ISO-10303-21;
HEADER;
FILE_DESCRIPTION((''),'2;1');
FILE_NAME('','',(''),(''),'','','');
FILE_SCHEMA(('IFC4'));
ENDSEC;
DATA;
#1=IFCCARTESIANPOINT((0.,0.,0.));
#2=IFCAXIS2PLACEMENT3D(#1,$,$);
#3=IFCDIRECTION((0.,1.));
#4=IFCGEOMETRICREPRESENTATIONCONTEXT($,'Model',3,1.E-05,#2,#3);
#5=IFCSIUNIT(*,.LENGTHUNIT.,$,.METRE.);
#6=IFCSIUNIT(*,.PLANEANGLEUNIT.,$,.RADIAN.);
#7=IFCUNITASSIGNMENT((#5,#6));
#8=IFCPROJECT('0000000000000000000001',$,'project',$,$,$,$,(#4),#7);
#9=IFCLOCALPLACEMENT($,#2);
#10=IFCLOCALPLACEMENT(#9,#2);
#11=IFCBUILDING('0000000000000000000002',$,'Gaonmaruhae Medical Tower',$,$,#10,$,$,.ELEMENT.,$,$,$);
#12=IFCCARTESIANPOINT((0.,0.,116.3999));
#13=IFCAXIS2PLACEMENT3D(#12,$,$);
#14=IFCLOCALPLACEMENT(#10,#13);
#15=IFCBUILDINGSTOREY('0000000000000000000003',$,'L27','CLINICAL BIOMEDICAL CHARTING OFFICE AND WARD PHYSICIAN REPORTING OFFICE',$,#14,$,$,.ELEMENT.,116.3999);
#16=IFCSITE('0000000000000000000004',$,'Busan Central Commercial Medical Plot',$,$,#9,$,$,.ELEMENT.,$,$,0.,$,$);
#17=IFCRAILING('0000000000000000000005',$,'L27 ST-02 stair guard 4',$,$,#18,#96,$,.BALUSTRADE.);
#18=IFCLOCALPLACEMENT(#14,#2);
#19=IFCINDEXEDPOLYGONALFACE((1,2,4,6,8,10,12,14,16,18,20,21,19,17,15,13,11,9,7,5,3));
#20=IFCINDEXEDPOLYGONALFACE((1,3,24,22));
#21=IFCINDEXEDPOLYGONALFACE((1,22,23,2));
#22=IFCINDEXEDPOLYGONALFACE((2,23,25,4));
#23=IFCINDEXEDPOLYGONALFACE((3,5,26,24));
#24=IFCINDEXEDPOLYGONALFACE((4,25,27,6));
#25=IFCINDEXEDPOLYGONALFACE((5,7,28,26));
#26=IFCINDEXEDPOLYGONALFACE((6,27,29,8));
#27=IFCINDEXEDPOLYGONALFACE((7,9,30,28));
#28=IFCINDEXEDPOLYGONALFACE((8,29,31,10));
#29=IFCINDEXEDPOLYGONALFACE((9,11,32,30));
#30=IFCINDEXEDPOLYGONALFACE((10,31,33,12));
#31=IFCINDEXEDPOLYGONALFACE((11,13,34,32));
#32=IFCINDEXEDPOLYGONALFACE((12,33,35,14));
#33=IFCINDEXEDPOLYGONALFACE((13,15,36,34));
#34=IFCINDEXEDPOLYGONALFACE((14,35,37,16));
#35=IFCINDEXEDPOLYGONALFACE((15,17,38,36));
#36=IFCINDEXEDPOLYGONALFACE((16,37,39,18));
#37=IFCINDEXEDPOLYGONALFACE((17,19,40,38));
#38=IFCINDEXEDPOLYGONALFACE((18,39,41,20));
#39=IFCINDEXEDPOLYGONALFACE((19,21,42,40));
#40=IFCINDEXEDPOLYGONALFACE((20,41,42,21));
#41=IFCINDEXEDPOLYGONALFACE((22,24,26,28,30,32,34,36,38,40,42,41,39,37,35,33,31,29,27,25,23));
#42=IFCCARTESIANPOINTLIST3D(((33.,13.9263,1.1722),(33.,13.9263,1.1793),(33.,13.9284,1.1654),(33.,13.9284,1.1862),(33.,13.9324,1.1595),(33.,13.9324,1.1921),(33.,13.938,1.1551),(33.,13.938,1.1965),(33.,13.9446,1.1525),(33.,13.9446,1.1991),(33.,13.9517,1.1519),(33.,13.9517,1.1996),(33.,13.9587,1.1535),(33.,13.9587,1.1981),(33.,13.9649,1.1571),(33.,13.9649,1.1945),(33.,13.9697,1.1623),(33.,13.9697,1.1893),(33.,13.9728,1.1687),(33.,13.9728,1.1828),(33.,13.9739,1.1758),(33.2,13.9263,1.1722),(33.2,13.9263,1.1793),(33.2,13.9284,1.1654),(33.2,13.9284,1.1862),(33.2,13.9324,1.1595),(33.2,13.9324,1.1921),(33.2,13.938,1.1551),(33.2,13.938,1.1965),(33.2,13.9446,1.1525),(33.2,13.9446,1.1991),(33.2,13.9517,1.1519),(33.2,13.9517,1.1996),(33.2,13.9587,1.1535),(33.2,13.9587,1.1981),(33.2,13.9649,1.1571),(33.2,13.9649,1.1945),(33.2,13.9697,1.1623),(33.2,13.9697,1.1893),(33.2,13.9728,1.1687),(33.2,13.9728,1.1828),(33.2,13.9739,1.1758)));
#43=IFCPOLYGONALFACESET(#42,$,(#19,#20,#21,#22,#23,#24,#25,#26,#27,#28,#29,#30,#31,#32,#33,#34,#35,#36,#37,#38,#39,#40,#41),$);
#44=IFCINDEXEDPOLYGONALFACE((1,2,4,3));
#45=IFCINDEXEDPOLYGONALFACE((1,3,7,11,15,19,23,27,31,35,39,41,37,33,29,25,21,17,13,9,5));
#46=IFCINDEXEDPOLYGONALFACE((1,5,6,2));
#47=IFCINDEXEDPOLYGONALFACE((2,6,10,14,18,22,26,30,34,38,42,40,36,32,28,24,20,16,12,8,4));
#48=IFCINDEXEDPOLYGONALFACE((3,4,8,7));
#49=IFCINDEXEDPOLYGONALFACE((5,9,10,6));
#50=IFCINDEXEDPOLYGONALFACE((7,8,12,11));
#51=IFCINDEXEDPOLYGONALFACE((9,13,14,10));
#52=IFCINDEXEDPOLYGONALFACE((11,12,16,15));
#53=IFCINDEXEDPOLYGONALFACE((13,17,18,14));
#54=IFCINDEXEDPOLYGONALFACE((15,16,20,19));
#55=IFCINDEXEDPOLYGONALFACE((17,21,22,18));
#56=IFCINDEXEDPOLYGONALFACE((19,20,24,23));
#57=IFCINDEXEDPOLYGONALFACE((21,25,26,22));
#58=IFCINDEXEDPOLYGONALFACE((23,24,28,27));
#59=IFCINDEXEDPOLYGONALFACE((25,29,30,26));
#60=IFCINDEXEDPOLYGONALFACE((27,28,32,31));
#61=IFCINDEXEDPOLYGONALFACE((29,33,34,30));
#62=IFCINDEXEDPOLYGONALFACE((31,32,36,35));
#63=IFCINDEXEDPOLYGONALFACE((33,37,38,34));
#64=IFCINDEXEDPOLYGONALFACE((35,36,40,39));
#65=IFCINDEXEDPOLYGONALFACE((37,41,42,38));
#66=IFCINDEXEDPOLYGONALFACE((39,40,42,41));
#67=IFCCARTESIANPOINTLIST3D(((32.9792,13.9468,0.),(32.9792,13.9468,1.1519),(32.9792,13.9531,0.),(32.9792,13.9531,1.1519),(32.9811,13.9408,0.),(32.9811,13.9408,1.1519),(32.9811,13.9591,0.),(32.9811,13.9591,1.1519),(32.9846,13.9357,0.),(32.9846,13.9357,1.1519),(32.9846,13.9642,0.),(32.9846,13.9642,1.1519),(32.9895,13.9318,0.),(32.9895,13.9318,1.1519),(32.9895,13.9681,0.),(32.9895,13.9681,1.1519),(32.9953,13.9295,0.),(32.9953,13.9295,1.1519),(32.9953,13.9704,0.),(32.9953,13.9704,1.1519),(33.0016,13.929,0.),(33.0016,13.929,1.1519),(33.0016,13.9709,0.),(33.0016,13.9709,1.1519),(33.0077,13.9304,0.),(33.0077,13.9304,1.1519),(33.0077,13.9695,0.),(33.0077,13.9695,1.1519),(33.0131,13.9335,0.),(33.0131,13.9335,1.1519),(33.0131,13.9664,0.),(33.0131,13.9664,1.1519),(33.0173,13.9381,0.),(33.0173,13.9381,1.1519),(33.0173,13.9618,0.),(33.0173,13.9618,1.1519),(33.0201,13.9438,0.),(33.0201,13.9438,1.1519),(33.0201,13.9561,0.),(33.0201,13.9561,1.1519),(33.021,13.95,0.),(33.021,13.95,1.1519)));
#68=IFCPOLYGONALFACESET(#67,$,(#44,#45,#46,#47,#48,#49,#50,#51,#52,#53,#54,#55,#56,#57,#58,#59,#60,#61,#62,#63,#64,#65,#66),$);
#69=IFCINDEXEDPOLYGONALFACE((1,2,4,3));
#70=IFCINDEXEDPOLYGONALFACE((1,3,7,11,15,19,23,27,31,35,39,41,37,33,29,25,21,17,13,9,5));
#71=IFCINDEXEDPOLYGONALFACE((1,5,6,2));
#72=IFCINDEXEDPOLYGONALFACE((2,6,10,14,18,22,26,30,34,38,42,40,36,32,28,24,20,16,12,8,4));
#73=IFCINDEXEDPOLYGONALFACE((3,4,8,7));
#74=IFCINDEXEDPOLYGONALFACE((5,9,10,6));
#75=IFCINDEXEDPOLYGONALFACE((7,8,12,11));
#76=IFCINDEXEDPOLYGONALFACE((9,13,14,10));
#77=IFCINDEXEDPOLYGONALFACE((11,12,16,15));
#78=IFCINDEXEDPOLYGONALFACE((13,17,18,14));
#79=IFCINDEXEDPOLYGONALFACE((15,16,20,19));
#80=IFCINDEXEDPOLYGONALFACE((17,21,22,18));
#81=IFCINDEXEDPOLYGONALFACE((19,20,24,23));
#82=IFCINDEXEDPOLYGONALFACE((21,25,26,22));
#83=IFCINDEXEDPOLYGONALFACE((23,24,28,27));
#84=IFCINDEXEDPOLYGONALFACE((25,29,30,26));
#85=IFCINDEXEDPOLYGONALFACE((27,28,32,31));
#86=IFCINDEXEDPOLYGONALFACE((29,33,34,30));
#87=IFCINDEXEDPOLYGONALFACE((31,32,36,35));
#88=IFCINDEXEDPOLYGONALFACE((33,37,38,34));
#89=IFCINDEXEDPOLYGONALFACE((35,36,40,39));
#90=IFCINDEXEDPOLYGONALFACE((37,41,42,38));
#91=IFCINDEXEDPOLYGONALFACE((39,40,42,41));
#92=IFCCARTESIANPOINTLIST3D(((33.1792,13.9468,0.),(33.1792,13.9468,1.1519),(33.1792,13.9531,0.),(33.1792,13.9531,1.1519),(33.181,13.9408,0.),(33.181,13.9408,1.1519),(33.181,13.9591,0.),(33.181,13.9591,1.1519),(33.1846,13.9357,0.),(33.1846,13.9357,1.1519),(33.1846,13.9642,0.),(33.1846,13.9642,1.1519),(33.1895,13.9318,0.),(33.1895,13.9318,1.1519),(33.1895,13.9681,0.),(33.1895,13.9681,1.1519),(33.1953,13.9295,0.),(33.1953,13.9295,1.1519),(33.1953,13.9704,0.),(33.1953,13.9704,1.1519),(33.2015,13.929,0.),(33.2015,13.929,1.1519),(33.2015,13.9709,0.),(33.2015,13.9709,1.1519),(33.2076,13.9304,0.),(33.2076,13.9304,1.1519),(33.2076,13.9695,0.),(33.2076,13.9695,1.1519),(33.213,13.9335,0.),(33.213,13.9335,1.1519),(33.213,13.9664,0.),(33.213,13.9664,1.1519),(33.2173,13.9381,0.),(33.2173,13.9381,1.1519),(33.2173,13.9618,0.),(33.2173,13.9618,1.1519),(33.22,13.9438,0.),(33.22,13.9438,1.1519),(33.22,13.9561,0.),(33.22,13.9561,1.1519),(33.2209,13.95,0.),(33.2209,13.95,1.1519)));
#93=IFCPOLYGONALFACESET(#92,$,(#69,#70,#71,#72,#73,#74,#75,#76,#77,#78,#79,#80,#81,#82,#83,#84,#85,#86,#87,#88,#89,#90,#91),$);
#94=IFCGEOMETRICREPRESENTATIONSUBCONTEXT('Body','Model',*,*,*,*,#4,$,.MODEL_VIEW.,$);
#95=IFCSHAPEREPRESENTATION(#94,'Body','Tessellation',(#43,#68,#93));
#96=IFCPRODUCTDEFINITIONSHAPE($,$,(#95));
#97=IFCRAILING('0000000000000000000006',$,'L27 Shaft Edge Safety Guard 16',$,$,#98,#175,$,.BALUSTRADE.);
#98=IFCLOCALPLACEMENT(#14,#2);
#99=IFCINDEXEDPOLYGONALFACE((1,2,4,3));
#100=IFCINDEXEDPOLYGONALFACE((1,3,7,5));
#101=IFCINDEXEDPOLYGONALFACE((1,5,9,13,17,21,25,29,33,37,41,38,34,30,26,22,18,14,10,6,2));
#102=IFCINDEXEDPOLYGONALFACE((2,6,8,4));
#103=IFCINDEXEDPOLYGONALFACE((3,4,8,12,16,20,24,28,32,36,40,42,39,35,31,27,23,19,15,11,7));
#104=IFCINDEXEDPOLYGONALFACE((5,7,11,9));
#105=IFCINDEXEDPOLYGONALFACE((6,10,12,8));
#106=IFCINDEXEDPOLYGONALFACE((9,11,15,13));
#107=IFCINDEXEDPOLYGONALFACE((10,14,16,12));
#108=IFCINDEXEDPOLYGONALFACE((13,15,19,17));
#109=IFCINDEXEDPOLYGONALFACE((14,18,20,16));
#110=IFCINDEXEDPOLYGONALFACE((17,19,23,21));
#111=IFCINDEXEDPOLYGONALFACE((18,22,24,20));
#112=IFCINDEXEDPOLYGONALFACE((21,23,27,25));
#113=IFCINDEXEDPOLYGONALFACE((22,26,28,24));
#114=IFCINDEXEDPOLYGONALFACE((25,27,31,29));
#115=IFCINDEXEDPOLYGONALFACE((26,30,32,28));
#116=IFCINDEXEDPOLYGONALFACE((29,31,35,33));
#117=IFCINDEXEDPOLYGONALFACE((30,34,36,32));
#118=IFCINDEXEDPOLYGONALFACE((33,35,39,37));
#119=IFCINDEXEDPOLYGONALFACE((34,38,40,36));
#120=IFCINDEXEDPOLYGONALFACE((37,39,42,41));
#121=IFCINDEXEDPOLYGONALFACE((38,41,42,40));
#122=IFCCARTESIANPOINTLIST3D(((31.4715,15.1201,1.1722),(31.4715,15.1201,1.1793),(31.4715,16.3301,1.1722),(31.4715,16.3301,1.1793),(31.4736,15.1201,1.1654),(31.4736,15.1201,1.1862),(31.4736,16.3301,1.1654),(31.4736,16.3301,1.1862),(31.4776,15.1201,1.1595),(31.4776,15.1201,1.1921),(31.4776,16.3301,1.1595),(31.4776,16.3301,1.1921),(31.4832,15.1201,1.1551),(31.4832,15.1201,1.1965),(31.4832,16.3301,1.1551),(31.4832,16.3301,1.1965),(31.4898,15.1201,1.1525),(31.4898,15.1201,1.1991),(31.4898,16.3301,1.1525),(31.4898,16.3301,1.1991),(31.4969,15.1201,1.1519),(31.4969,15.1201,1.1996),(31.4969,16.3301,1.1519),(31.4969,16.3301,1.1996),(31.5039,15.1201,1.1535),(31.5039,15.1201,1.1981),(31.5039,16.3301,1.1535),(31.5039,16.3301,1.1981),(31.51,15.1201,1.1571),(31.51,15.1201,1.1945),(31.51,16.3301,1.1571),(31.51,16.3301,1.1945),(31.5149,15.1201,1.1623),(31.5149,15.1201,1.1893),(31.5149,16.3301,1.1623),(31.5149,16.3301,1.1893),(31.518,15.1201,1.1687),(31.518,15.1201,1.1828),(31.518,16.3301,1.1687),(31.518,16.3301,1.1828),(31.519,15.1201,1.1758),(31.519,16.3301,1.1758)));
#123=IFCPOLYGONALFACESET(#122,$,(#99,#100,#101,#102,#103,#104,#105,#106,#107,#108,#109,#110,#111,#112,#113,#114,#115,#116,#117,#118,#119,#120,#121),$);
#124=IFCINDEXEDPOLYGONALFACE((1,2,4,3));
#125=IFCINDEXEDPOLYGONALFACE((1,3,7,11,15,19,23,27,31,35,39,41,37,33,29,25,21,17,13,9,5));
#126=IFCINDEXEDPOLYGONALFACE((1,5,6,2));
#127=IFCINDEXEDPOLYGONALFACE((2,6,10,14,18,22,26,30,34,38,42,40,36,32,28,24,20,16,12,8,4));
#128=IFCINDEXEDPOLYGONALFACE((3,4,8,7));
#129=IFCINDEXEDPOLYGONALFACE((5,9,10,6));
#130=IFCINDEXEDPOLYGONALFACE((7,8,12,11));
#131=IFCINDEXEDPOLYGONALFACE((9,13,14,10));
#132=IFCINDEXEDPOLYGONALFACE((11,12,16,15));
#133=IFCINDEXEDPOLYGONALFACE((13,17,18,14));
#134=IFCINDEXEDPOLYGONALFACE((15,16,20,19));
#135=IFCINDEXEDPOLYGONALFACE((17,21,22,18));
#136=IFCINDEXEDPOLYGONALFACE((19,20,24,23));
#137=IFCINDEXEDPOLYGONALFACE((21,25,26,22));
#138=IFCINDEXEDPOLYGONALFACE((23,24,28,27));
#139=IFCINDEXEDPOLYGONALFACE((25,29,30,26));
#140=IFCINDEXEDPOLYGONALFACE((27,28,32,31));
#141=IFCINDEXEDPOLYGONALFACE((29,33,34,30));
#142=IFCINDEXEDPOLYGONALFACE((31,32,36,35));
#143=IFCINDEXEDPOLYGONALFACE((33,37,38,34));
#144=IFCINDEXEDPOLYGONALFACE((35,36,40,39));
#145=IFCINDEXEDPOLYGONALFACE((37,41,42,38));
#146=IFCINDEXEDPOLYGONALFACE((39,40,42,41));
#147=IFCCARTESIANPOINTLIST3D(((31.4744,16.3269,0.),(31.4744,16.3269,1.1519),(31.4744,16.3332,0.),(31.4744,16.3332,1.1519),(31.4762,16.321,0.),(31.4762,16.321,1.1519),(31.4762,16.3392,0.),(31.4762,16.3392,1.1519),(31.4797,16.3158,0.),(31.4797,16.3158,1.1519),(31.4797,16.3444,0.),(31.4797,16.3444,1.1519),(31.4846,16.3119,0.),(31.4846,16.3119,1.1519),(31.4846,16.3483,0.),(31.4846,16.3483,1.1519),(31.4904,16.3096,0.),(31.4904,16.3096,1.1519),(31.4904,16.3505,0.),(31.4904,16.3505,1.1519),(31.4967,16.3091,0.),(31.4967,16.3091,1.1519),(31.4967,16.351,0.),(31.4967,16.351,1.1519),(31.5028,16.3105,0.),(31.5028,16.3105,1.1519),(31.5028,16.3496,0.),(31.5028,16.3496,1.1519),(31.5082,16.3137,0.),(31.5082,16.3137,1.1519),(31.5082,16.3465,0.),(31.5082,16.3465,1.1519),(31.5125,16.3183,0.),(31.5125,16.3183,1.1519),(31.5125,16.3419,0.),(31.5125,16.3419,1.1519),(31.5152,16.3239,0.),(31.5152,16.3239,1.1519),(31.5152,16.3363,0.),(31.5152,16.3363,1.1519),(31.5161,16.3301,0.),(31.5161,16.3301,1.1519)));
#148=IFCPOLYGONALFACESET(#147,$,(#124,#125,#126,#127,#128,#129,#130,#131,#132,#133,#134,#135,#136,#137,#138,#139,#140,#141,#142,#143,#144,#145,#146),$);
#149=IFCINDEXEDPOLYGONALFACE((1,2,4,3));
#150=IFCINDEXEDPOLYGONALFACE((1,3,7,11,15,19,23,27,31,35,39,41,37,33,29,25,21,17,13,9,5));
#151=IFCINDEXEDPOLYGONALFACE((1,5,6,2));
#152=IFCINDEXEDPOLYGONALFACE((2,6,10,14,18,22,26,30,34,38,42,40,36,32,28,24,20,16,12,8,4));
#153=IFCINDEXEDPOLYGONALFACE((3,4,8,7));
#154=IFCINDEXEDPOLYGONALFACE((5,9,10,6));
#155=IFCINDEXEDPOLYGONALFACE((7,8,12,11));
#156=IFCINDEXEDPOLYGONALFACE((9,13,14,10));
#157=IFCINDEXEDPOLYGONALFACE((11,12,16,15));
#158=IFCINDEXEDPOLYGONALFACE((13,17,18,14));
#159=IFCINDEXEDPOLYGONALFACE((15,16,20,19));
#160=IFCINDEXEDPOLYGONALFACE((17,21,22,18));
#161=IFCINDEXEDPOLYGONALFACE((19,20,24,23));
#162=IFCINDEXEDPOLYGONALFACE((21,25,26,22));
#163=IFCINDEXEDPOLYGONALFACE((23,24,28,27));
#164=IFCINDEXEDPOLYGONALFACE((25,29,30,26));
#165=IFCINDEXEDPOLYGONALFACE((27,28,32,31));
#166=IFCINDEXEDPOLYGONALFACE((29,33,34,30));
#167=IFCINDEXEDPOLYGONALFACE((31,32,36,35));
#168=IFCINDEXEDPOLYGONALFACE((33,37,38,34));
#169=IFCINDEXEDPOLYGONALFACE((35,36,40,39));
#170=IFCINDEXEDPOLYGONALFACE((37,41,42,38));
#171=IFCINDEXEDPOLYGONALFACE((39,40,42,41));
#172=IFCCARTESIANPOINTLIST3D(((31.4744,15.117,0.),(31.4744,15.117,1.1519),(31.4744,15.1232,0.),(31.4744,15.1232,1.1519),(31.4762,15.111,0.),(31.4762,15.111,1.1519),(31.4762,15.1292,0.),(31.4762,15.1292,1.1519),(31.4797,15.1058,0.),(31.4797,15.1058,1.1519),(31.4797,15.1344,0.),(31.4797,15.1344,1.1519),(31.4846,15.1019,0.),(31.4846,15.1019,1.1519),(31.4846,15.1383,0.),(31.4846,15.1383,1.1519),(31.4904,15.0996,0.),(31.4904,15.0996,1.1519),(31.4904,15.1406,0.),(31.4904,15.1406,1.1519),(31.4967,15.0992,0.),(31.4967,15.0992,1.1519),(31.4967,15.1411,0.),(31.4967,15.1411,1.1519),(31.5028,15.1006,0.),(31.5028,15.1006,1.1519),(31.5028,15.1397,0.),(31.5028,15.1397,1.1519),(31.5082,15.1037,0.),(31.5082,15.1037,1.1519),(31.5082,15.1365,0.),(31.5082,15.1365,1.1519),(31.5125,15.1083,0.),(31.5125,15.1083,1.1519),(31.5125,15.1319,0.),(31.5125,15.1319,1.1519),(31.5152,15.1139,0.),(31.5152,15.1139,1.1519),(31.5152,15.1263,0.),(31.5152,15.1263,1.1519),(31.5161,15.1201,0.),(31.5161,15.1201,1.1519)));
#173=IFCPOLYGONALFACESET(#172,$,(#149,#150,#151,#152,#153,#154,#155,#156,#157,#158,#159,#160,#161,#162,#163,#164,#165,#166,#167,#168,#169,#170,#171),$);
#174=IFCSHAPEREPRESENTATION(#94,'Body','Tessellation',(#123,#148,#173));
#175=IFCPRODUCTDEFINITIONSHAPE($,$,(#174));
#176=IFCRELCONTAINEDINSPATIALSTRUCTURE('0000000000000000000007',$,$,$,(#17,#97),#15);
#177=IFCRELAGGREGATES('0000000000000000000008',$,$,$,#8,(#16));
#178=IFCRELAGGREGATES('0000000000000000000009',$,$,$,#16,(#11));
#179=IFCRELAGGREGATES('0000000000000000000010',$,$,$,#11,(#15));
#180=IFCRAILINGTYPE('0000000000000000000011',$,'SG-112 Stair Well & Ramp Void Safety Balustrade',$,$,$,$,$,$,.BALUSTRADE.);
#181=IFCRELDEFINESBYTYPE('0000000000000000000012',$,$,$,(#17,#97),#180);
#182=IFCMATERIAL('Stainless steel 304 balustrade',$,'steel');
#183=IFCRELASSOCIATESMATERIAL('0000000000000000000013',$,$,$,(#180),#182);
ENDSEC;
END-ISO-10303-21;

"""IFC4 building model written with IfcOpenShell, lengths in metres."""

from ifc_helpers import new_model, si_unit, direction, frame, origin, origin_2d, place, context, subcontext, project, spatial, circle, extrude, material, type_object, element, save


model = new_model("IFC4")

# Units and contexts
model_context = context("Model", 3, precision=1e-05, world=origin(), true_north=direction((0.0, 1.0)))
body_context = subcontext(model_context, "Body", "Model", "MODEL_VIEW")
ifc_project = project(units=[si_unit("LENGTHUNIT", "METRE"), si_unit("PLANEANGLEUNIT", "RADIAN")], contexts=[model_context])

# Site, building, storey
site_placement = place(None, origin())
site = spatial("IfcSite", under=ifc_project, at=site_placement, Name="Busan Central Commercial Medical Plot", CompositionType="ELEMENT", RefElevation=0.0)
building_placement = place(site_placement, origin())
building = spatial("IfcBuilding", under=site, at=building_placement, Name="Gaonmaruhae Medical Tower", CompositionType="ELEMENT")
storey_placement = place(building_placement, frame((0.0, 0.0, 116.3999)))
storey = spatial("IfcBuildingStorey", under=building, at=storey_placement, Name="L27", Description="CLINICAL BIOMEDICAL CHARTING OFFICE AND WARD PHYSICIAN REPORTING OFFICE", CompositionType="ELEMENT", Elevation=116.3999)

# Railings
ifc_material_1 = material(Name="Stainless steel 304 balustrade", Category="steel")
railing_type = type_object("IfcRailingType", Name="SG-112 Stair Well & Ramp Void Safety Balustrade", PredefinedType="BALUSTRADE", material=ifc_material_1)
railing_1_placement = place(storey_placement, frame((33.0, 13.95, 0.0)))
element("IfcRailing", 1, at=railing_1_placement, inside=storey, type_object=railing_type, Name="L27 ST-02 stair guard 4", PredefinedType="BALUSTRADE", context=body_context, shape_type="SweptSolid", body=[
    extrude(circle(Radius=0.0239, at=origin_2d()), frame((0.0, 0.0, 1.1758), z_axis=(1.0, 0.0, 0.0), x_axis=(0.0, 1.0, 0.0)), (0.0, 0.0, 1.0), 0.2),
    extrude(circle(Radius=0.021, at=origin_2d()), origin(), (0.0, 0.0, 1.0), 1.1519),
    extrude(circle(Radius=0.021, at=origin_2d()), frame((0.2, 0.0, 0.0)), (0.0, 0.0, 1.0), 1.1519),
])
railing_2_placement = place(storey_placement, frame((31.4951, 16.3301, 0.0)))
element("IfcRailing", 2, at=railing_2_placement, inside=storey, type_object=railing_type, Name="L27 Shaft Edge Safety Guard 16", PredefinedType="BALUSTRADE", context=body_context, shape_type="SweptSolid", body=[
    extrude(circle(Radius=0.0239, at=origin_2d()), frame((0.0, 0.0, 1.1758), z_axis=(0.0, -1.0, 0.0), x_axis=(1.0, 0.0, 0.0)), (0.0, 0.0, 1.0), 1.21),
    extrude(circle(Radius=0.021, at=origin_2d()), origin(), (0.0, 0.0, 1.0), 1.1519),
    extrude(circle(Radius=0.021, at=origin_2d()), frame((0.0, -1.21, 0.0)), (0.0, 0.0, 1.0), 1.1519),
])

save(model, "model.ifc")
